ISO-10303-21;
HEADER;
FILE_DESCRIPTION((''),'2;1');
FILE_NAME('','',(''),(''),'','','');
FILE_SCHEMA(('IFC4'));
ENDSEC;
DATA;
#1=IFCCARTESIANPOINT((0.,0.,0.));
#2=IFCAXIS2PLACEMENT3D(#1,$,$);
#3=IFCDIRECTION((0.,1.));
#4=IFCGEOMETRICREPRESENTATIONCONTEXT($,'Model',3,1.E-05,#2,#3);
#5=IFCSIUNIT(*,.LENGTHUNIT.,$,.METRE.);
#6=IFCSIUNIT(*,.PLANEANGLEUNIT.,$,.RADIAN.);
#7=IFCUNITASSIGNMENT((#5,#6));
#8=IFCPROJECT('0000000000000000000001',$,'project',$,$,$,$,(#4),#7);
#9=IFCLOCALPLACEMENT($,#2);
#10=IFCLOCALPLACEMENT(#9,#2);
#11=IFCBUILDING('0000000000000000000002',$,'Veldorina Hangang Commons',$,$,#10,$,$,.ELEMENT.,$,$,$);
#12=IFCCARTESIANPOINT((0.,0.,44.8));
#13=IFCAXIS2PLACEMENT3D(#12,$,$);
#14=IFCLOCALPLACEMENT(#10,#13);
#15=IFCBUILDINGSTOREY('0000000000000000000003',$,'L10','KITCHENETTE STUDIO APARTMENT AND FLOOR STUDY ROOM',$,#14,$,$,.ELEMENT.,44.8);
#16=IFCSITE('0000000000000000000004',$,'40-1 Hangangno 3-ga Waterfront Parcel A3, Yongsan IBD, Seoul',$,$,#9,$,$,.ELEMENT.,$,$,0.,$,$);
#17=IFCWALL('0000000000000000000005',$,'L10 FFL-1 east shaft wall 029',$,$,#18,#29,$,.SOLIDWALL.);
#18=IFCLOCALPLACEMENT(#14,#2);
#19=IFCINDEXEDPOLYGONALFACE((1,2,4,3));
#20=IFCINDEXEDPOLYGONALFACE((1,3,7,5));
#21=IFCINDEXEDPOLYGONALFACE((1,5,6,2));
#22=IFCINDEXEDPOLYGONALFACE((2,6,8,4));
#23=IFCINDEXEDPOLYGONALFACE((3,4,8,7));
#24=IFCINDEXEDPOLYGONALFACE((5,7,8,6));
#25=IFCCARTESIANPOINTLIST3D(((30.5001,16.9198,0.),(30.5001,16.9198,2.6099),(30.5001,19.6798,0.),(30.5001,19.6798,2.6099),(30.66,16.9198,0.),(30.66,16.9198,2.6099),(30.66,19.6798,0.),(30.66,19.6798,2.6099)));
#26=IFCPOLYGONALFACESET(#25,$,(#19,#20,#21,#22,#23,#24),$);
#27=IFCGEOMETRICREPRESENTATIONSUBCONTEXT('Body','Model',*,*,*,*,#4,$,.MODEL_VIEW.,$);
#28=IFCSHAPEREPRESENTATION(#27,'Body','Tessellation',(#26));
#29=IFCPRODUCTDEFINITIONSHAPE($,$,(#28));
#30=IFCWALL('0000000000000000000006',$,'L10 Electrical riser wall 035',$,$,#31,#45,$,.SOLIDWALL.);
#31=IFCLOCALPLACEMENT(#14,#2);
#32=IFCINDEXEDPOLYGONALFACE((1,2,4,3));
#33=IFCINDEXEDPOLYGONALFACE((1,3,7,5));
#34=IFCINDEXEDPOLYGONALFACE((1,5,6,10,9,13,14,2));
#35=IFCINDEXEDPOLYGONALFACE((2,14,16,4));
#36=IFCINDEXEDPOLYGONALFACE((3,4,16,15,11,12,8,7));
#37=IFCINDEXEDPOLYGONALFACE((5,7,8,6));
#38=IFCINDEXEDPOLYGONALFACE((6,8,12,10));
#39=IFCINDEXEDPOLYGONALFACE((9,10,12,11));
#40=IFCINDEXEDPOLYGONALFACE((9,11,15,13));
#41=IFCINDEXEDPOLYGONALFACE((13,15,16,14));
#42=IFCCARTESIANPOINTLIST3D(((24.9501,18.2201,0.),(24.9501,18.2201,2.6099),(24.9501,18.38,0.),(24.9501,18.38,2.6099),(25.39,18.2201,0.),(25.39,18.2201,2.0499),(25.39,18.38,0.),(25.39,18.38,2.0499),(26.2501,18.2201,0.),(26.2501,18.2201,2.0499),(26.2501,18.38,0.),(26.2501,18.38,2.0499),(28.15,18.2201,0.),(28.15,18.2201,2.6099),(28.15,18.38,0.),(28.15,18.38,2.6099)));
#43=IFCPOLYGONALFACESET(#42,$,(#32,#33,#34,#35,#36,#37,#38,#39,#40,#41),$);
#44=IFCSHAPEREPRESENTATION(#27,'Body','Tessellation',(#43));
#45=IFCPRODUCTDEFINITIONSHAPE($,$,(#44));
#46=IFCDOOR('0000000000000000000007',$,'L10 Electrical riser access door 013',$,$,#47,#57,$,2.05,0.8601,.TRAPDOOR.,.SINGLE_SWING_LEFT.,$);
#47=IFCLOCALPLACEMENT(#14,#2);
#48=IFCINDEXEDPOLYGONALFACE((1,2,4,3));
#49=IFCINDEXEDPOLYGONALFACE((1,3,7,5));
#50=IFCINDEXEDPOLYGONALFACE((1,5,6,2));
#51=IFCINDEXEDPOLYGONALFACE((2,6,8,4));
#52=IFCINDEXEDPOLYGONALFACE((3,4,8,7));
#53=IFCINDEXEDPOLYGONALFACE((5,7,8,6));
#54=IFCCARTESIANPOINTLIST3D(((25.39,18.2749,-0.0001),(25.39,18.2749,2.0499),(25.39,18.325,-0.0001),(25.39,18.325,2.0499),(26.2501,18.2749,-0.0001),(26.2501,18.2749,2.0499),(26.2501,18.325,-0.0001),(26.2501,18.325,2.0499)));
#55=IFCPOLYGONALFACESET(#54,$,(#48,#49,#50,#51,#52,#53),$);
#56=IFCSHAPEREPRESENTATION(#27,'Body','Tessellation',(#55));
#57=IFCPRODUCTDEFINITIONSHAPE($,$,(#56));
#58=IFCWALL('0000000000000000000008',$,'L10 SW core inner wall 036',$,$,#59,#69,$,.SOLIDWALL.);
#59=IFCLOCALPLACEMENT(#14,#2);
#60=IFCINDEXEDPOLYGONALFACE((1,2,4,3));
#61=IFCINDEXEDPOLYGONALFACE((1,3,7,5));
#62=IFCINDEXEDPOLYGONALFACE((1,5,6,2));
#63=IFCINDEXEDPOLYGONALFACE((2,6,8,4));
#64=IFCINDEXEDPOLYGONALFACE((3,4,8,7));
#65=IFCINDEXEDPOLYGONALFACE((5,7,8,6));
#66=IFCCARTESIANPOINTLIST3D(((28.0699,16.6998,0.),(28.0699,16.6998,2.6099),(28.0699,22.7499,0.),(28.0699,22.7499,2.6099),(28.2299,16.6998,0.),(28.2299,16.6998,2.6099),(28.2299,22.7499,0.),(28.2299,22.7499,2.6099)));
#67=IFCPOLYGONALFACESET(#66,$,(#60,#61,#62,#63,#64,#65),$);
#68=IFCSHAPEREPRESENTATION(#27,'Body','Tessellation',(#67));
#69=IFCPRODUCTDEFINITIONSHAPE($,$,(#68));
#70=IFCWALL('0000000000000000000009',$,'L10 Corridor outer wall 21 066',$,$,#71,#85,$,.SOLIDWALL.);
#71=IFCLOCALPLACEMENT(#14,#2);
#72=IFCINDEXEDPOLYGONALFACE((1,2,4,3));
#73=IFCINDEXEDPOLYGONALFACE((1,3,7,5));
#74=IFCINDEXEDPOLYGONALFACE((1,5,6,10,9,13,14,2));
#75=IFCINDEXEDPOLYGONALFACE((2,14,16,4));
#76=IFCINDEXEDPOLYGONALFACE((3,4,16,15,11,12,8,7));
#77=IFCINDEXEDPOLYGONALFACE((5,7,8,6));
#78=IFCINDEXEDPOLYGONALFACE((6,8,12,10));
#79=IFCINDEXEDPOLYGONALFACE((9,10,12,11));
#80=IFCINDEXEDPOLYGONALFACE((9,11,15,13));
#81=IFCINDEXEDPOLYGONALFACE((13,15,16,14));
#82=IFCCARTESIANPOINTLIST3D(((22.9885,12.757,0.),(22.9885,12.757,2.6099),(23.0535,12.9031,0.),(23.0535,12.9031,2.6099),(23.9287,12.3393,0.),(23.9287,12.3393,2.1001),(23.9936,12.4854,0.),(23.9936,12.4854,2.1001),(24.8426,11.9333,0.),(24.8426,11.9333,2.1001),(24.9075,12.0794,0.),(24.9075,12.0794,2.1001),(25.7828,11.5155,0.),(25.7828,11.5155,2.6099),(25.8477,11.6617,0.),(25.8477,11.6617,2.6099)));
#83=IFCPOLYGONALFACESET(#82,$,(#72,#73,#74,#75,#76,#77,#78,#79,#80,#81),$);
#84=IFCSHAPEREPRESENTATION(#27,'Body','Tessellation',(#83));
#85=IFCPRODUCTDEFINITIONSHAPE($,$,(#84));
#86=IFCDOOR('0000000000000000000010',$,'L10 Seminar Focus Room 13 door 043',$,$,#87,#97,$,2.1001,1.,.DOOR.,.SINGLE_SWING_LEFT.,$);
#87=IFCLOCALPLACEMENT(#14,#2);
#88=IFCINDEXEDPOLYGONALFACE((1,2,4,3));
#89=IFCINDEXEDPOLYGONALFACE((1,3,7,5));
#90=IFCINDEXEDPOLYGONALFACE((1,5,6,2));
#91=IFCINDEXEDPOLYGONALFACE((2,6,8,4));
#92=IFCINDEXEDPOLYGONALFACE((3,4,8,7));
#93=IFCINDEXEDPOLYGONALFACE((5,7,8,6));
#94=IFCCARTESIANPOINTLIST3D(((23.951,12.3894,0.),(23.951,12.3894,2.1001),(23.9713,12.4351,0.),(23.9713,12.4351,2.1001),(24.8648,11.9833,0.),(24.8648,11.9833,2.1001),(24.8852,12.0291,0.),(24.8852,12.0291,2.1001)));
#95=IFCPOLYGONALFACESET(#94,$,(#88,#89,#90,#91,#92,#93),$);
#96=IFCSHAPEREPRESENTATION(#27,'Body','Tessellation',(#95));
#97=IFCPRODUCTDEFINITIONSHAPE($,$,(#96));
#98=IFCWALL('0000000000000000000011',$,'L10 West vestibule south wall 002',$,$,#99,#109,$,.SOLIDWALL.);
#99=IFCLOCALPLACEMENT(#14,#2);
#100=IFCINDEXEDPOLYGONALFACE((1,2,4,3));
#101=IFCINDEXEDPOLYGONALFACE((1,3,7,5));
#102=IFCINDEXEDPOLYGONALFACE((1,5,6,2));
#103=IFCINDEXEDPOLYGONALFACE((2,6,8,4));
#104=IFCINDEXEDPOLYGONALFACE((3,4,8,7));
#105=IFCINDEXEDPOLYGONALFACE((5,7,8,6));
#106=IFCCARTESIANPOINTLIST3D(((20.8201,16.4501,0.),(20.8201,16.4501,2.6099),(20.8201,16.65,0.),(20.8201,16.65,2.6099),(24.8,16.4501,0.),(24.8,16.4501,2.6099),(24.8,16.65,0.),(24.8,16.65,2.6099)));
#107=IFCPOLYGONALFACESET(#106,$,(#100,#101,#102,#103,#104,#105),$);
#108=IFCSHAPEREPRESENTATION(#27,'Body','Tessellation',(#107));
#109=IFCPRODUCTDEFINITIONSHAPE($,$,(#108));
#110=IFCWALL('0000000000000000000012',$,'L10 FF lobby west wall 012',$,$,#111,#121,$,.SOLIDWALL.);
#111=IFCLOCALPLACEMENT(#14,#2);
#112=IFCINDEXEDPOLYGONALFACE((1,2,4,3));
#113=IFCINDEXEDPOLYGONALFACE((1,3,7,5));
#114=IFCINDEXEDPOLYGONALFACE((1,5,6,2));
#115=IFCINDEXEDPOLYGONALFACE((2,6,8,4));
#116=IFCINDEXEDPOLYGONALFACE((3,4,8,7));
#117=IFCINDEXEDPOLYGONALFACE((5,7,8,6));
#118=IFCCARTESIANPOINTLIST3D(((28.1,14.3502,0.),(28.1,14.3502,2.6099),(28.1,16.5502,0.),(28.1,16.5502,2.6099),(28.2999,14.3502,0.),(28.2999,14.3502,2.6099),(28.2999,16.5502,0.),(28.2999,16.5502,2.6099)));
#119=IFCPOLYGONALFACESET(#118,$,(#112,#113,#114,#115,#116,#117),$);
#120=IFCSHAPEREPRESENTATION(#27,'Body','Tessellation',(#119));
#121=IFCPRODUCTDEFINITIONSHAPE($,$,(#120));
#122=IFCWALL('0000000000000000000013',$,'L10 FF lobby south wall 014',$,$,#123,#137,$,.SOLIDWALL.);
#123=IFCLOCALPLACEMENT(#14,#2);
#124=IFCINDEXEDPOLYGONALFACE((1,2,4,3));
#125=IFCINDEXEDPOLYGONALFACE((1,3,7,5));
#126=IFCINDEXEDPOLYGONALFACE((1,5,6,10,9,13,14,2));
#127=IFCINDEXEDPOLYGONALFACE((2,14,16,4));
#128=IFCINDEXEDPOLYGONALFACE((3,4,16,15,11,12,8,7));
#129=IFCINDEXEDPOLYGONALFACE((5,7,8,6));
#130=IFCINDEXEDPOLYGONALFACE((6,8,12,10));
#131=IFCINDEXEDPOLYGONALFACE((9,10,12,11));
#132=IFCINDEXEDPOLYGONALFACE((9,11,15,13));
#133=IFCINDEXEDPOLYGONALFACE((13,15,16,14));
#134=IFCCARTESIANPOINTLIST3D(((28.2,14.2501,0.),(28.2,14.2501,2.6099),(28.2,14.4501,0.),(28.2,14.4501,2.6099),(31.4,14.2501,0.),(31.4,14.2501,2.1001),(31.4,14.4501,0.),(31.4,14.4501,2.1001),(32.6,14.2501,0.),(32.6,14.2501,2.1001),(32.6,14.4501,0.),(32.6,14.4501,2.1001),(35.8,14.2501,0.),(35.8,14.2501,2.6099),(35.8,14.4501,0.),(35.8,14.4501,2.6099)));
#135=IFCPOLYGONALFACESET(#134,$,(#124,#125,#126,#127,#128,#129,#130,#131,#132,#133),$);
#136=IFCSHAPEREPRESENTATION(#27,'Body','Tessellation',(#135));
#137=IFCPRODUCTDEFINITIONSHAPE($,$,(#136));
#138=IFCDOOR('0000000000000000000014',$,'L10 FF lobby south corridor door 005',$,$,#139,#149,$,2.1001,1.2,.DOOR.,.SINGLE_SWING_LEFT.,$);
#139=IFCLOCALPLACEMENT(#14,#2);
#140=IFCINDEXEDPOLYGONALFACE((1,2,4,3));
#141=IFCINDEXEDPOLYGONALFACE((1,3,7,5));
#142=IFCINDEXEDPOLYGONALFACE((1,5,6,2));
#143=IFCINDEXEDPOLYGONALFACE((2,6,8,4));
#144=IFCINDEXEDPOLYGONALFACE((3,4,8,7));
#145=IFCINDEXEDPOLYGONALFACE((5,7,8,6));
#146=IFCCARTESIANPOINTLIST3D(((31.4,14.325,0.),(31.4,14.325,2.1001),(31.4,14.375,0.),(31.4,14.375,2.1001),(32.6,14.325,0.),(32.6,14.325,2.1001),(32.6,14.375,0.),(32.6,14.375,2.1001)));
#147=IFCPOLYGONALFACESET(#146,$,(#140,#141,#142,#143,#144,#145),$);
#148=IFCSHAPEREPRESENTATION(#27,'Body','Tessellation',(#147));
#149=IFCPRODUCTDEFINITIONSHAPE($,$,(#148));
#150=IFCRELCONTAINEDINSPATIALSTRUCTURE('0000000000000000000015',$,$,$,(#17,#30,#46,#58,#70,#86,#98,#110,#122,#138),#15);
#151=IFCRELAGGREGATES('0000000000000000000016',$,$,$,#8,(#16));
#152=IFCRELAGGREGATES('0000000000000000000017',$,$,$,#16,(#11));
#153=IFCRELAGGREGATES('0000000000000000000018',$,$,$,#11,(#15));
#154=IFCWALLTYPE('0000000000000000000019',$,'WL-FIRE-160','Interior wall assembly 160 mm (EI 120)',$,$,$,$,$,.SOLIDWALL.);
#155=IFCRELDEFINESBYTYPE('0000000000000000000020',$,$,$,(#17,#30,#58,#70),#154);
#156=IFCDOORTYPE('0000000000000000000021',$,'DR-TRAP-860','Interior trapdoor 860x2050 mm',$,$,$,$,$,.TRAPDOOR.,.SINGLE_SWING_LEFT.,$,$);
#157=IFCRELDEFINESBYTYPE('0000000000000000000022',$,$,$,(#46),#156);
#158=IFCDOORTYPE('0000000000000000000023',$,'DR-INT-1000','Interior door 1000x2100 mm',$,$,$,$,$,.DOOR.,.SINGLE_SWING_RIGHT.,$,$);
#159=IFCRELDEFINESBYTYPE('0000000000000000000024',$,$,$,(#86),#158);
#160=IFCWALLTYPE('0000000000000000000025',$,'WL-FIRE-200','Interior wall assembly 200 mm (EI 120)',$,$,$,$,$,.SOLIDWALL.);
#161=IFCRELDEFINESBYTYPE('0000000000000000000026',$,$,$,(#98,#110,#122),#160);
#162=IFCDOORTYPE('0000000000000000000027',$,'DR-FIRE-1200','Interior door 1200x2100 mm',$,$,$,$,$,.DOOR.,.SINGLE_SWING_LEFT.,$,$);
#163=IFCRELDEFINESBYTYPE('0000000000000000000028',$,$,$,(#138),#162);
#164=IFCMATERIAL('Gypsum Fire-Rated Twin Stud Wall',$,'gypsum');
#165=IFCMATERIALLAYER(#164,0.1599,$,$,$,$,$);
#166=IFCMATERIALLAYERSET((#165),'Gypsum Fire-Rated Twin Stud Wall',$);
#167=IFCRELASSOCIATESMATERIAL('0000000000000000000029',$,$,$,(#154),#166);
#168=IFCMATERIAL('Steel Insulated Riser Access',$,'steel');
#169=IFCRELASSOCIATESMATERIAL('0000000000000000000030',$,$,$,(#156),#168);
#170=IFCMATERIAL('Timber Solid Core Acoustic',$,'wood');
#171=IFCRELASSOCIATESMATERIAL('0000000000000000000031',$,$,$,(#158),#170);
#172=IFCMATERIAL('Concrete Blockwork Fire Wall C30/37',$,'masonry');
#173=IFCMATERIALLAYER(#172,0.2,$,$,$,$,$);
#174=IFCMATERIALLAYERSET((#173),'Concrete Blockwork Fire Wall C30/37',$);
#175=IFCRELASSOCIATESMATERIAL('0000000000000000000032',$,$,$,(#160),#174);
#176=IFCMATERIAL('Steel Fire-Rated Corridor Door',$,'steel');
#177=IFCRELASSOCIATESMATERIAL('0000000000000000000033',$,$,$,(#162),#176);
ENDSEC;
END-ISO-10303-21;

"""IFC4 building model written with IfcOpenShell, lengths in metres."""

from ifc_helpers import new_model, si_unit, direction, frame, frame_2d, origin, place, context, subcontext, project, spatial, rectangle, extrude, material, layer, layer_set, type_object, element, fill, save


model = new_model("IFC4")

# Units and contexts
model_context = context("Model", 3, precision=1e-05, world=origin(), true_north=direction((0.0, 1.0)))
body_context = subcontext(model_context, "Body", "Model", "MODEL_VIEW")
ifc_project = project(units=[si_unit("LENGTHUNIT", "METRE"), si_unit("PLANEANGLEUNIT", "RADIAN")], contexts=[model_context])

# Site, building, storey
site_placement = place(None, origin())
site = spatial("IfcSite", under=ifc_project, at=site_placement, Name="40-1 Hangangno 3-ga Waterfront Parcel A3, Yongsan IBD, Seoul", CompositionType="ELEMENT", RefElevation=0.0)
building_placement = place(site_placement, origin())
building = spatial("IfcBuilding", under=site, at=building_placement, Name="Veldorina Hangang Commons", CompositionType="ELEMENT")
storey_placement = place(building_placement, frame((0.0, 0.0, 44.8)))
storey = spatial("IfcBuildingStorey", under=building, at=storey_placement, Name="L10", Description="KITCHENETTE STUDIO APARTMENT AND FLOOR STUDY ROOM", CompositionType="ELEMENT", Elevation=44.8)

# Shared definitions
ifc_material_1 = material(Name="Gypsum Fire-Rated Twin Stud Wall", Category="gypsum")
ifc_layer_1 = layer(ifc_material_1, 0.1599)
ifc_layer_set_1 = layer_set([ifc_layer_1], Name="Gypsum Fire-Rated Twin Stud Wall")
wall_type_1 = type_object("IfcWallType", Name="WL-FIRE-160", Description="Interior wall assembly 160 mm (EI 120)", PredefinedType="SOLIDWALL", material=ifc_layer_set_1)

# Wall
for number, where, z_axis, x_axis, name in (
    (1, (30.5801, 16.9199, 0.0), (0.0, 0.0, 1.0), (0.0, 1.0, 0.0), "L10 FFL-1 east shaft wall 029"),
):
    element("IfcWall", number, at=place(storey_placement, frame(where, z_axis=z_axis, x_axis=x_axis)), inside=storey, type_object=wall_type_1, Name=name, PredefinedType="SOLIDWALL", context=body_context, shape_type="SweptSolid", body=[
        extrude(rectangle(XDim=2.76, YDim=0.1599, at=frame_2d((1.3799, 0.0))), origin(), (0.0, 0.0, 1.0), 2.6099),
    ])

# Wall, opening, door
wall_1_placement = place(storey_placement, frame((24.95, 18.3, 0.0), z_axis=(0.0, 0.0, 1.0), x_axis=(1.0, 0.0, 0.0)))
wall_1 = element("IfcWall", 2, at=wall_1_placement, inside=storey, type_object=wall_type_1, Name="L10 Electrical riser wall 035", PredefinedType="SOLIDWALL", context=body_context, shape_type="SweptSolid", body=[
    extrude(rectangle(XDim=3.2, YDim=0.1599, at=frame_2d((1.6001, 0.0))), origin(), (0.0, 0.0, 1.0), 2.6099),
])
opening_1_placement = place(wall_1_placement, frame((0.4399, 0.0, 0.0)))
opening_1 = element("IfcOpeningElement", 3, at=opening_1_placement, cuts=wall_1, PredefinedType="OPENING", context=body_context, shape_type="SweptSolid", body=[
    extrude(rectangle(XDim=0.8601, YDim=2.05, at=frame_2d((0.4302, 1.0249))), frame((0.0, 0.0898, 0.0), z_axis=(0.0, -1.0, 0.0), x_axis=(1.0, 0.0, 0.0)), (0.0, 0.0, 1.0), 0.1799),
])
ifc_material_2 = material(Name="Steel Insulated Riser Access", Category="steel")
door_type_1 = type_object("IfcDoorType", Name="DR-TRAP-860", Description="Interior trapdoor 860x2050 mm", OperationType="SINGLE_SWING_LEFT", PredefinedType="TRAPDOOR", material=ifc_material_2)
door_1_placement = place(opening_1_placement, origin())
door_1 = element("IfcDoor", 4, at=door_1_placement, inside=storey, type_object=door_type_1, Name="L10 Electrical riser access door 013", OperationType="SINGLE_SWING_LEFT", OverallHeight=2.05, OverallWidth=0.8601, PredefinedType="TRAPDOOR", context=body_context, shape_type="SweptSolid", body=[
    extrude(rectangle(XDim=0.8601, YDim=2.05, at=frame_2d((0.4302, 1.0249))), frame((0.0, 0.0249, 0.0), z_axis=(0.0, -1.0, 0.0), x_axis=(1.0, 0.0, 0.0)), (0.0, 0.0, 1.0), 0.05),
])
fill(opening_1, door_1)

# Wall
wall_2_placement = place(storey_placement, frame((28.1499, 16.7, 0.0), z_axis=(0.0, 0.0, 1.0), x_axis=(0.0, 1.0, 0.0)))
element("IfcWall", 5, at=wall_2_placement, inside=storey, type_object=wall_type_1, Name="L10 SW core inner wall 036", PredefinedType="SOLIDWALL", context=body_context, shape_type="SweptSolid", body=[
    extrude(rectangle(XDim=6.05, YDim=0.1599, at=frame_2d((3.0249, 0.0))), origin(), (0.0, 0.0, 1.0), 2.6099),
])

# Wall, opening, door
wall_3_placement = place(storey_placement, frame((23.021, 12.8301, 0.0), z_axis=(0.0, 0.0, 1.0), x_axis=(0.913861, -0.406027, 0.0)))
wall_3 = element("IfcWall", 6, at=wall_3_placement, inside=storey, type_object=wall_type_1, Name="L10 Corridor outer wall 21 066", PredefinedType="SOLIDWALL", context=body_context, shape_type="SweptSolid", body=[
    extrude(rectangle(XDim=3.0576, YDim=0.1599, at=frame_2d((1.5288, 0.0))), origin(), (0.0, 0.0, 1.0), 2.6099),
])
opening_2_placement = place(wall_3_placement, frame((1.0288, 0.0, 0.0)))
opening_2 = element("IfcOpeningElement", 7, at=opening_2_placement, cuts=wall_3, PredefinedType="OPENING", context=body_context, shape_type="SweptSolid", body=[
    extrude(rectangle(XDim=1.0, YDim=2.1001, at=frame_2d((0.5, 1.05))), frame((0.0, 0.0898, 0.0), z_axis=(0.0, -1.0, 0.0), x_axis=(1.0, 0.0, 0.0)), (0.0, 0.0, 1.0), 0.1799),
])
ifc_material_3 = material(Name="Timber Solid Core Acoustic", Category="wood")
door_type_2 = type_object("IfcDoorType", Name="DR-INT-1000", Description="Interior door 1000x2100 mm", OperationType="SINGLE_SWING_RIGHT", PredefinedType="DOOR", material=ifc_material_3)
door_2_placement = place(opening_2_placement, origin())
door_2 = element("IfcDoor", 8, at=door_2_placement, inside=storey, type_object=door_type_2, Name="L10 Seminar Focus Room 13 door 043", OperationType="SINGLE_SWING_LEFT", OverallHeight=2.1001, OverallWidth=1.0, PredefinedType="DOOR", context=body_context, shape_type="SweptSolid", body=[
    extrude(rectangle(XDim=1.0, YDim=2.1001, at=frame_2d((0.5, 1.05))), frame((0.0, 0.0249, 0.0), z_axis=(0.0, -1.0, 0.0), x_axis=(1.0, 0.0, 0.0)), (0.0, 0.0, 1.0), 0.05),
])
fill(opening_2, door_2)

# Walls
ifc_material_4 = material(Name="Concrete Blockwork Fire Wall C30/37", Category="masonry")
ifc_layer_2 = layer(ifc_material_4, 0.2)
ifc_layer_set_2 = layer_set([ifc_layer_2], Name="Concrete Blockwork Fire Wall C30/37")
wall_type_2 = type_object("IfcWallType", Name="WL-FIRE-200", Description="Interior wall assembly 200 mm (EI 120)", PredefinedType="SOLIDWALL", material=ifc_layer_set_2)
wall_4_placement = place(storey_placement, frame((20.8201, 16.55, 0.0), z_axis=(0.0, 0.0, 1.0), x_axis=(1.0, 0.0, 0.0)))
element("IfcWall", 9, at=wall_4_placement, inside=storey, type_object=wall_type_2, Name="L10 West vestibule south wall 002", PredefinedType="SOLIDWALL", context=body_context, shape_type="SweptSolid", body=[
    extrude(rectangle(XDim=3.98, YDim=0.2, at=frame_2d((1.99, 0.0))), origin(), (0.0, 0.0, 1.0), 2.6099),
])
wall_5_placement = place(storey_placement, frame((28.2, 14.3501, 0.0), z_axis=(0.0, 0.0, 1.0), x_axis=(0.0, 1.0, 0.0)))
element("IfcWall", 10, at=wall_5_placement, inside=storey, type_object=wall_type_2, Name="L10 FF lobby west wall 012", PredefinedType="SOLIDWALL", context=body_context, shape_type="SweptSolid", body=[
    extrude(rectangle(XDim=2.2, YDim=0.2, at=frame_2d((1.1001, 0.0))), origin(), (0.0, 0.0, 1.0), 2.6099),
])

# Wall, opening, door
wall_6_placement = place(storey_placement, frame((28.2, 14.3501, 0.0), z_axis=(0.0, 0.0, 1.0), x_axis=(1.0, 0.0, 0.0)))
wall_6 = element("IfcWall", 11, at=wall_6_placement, inside=storey, type_object=wall_type_2, Name="L10 FF lobby south wall 014", PredefinedType="SOLIDWALL", context=body_context, shape_type="SweptSolid", body=[
    extrude(rectangle(XDim=7.6001, YDim=0.2, at=frame_2d((3.8, 0.0))), origin(), (0.0, 0.0, 1.0), 2.6099),
])
opening_3_placement = place(wall_6_placement, frame((3.2, 0.0, 0.0)))
opening_3 = element("IfcOpeningElement", 12, at=opening_3_placement, cuts=wall_6, PredefinedType="OPENING", context=body_context, shape_type="SweptSolid", body=[
    extrude(rectangle(XDim=1.2, YDim=2.1001, at=frame_2d((0.6001, 1.05))), frame((0.0, 0.1099, 0.0), z_axis=(0.0, -1.0, 0.0), x_axis=(1.0, 0.0, 0.0)), (0.0, 0.0, 1.0), 0.22),
])
ifc_material_5 = material(Name="Steel Fire-Rated Corridor Door", Category="steel")
door_type_3 = type_object("IfcDoorType", Name="DR-FIRE-1200", Description="Interior door 1200x2100 mm", OperationType="SINGLE_SWING_LEFT", PredefinedType="DOOR", material=ifc_material_5)
door_3_placement = place(opening_3_placement, origin())
door_3 = element("IfcDoor", 13, at=door_3_placement, inside=storey, type_object=door_type_3, Name="L10 FF lobby south corridor door 005", OperationType="SINGLE_SWING_LEFT", OverallHeight=2.1001, OverallWidth=1.2, PredefinedType="DOOR", context=body_context, shape_type="SweptSolid", body=[
    extrude(rectangle(XDim=1.2, YDim=2.1001, at=frame_2d((0.6001, 1.05))), frame((0.0, 0.0249, 0.0), z_axis=(0.0, -1.0, 0.0), x_axis=(1.0, 0.0, 0.0)), (0.0, 0.0, 1.0), 0.05),
])
fill(opening_3, door_3)

save(model, "model.ifc")
